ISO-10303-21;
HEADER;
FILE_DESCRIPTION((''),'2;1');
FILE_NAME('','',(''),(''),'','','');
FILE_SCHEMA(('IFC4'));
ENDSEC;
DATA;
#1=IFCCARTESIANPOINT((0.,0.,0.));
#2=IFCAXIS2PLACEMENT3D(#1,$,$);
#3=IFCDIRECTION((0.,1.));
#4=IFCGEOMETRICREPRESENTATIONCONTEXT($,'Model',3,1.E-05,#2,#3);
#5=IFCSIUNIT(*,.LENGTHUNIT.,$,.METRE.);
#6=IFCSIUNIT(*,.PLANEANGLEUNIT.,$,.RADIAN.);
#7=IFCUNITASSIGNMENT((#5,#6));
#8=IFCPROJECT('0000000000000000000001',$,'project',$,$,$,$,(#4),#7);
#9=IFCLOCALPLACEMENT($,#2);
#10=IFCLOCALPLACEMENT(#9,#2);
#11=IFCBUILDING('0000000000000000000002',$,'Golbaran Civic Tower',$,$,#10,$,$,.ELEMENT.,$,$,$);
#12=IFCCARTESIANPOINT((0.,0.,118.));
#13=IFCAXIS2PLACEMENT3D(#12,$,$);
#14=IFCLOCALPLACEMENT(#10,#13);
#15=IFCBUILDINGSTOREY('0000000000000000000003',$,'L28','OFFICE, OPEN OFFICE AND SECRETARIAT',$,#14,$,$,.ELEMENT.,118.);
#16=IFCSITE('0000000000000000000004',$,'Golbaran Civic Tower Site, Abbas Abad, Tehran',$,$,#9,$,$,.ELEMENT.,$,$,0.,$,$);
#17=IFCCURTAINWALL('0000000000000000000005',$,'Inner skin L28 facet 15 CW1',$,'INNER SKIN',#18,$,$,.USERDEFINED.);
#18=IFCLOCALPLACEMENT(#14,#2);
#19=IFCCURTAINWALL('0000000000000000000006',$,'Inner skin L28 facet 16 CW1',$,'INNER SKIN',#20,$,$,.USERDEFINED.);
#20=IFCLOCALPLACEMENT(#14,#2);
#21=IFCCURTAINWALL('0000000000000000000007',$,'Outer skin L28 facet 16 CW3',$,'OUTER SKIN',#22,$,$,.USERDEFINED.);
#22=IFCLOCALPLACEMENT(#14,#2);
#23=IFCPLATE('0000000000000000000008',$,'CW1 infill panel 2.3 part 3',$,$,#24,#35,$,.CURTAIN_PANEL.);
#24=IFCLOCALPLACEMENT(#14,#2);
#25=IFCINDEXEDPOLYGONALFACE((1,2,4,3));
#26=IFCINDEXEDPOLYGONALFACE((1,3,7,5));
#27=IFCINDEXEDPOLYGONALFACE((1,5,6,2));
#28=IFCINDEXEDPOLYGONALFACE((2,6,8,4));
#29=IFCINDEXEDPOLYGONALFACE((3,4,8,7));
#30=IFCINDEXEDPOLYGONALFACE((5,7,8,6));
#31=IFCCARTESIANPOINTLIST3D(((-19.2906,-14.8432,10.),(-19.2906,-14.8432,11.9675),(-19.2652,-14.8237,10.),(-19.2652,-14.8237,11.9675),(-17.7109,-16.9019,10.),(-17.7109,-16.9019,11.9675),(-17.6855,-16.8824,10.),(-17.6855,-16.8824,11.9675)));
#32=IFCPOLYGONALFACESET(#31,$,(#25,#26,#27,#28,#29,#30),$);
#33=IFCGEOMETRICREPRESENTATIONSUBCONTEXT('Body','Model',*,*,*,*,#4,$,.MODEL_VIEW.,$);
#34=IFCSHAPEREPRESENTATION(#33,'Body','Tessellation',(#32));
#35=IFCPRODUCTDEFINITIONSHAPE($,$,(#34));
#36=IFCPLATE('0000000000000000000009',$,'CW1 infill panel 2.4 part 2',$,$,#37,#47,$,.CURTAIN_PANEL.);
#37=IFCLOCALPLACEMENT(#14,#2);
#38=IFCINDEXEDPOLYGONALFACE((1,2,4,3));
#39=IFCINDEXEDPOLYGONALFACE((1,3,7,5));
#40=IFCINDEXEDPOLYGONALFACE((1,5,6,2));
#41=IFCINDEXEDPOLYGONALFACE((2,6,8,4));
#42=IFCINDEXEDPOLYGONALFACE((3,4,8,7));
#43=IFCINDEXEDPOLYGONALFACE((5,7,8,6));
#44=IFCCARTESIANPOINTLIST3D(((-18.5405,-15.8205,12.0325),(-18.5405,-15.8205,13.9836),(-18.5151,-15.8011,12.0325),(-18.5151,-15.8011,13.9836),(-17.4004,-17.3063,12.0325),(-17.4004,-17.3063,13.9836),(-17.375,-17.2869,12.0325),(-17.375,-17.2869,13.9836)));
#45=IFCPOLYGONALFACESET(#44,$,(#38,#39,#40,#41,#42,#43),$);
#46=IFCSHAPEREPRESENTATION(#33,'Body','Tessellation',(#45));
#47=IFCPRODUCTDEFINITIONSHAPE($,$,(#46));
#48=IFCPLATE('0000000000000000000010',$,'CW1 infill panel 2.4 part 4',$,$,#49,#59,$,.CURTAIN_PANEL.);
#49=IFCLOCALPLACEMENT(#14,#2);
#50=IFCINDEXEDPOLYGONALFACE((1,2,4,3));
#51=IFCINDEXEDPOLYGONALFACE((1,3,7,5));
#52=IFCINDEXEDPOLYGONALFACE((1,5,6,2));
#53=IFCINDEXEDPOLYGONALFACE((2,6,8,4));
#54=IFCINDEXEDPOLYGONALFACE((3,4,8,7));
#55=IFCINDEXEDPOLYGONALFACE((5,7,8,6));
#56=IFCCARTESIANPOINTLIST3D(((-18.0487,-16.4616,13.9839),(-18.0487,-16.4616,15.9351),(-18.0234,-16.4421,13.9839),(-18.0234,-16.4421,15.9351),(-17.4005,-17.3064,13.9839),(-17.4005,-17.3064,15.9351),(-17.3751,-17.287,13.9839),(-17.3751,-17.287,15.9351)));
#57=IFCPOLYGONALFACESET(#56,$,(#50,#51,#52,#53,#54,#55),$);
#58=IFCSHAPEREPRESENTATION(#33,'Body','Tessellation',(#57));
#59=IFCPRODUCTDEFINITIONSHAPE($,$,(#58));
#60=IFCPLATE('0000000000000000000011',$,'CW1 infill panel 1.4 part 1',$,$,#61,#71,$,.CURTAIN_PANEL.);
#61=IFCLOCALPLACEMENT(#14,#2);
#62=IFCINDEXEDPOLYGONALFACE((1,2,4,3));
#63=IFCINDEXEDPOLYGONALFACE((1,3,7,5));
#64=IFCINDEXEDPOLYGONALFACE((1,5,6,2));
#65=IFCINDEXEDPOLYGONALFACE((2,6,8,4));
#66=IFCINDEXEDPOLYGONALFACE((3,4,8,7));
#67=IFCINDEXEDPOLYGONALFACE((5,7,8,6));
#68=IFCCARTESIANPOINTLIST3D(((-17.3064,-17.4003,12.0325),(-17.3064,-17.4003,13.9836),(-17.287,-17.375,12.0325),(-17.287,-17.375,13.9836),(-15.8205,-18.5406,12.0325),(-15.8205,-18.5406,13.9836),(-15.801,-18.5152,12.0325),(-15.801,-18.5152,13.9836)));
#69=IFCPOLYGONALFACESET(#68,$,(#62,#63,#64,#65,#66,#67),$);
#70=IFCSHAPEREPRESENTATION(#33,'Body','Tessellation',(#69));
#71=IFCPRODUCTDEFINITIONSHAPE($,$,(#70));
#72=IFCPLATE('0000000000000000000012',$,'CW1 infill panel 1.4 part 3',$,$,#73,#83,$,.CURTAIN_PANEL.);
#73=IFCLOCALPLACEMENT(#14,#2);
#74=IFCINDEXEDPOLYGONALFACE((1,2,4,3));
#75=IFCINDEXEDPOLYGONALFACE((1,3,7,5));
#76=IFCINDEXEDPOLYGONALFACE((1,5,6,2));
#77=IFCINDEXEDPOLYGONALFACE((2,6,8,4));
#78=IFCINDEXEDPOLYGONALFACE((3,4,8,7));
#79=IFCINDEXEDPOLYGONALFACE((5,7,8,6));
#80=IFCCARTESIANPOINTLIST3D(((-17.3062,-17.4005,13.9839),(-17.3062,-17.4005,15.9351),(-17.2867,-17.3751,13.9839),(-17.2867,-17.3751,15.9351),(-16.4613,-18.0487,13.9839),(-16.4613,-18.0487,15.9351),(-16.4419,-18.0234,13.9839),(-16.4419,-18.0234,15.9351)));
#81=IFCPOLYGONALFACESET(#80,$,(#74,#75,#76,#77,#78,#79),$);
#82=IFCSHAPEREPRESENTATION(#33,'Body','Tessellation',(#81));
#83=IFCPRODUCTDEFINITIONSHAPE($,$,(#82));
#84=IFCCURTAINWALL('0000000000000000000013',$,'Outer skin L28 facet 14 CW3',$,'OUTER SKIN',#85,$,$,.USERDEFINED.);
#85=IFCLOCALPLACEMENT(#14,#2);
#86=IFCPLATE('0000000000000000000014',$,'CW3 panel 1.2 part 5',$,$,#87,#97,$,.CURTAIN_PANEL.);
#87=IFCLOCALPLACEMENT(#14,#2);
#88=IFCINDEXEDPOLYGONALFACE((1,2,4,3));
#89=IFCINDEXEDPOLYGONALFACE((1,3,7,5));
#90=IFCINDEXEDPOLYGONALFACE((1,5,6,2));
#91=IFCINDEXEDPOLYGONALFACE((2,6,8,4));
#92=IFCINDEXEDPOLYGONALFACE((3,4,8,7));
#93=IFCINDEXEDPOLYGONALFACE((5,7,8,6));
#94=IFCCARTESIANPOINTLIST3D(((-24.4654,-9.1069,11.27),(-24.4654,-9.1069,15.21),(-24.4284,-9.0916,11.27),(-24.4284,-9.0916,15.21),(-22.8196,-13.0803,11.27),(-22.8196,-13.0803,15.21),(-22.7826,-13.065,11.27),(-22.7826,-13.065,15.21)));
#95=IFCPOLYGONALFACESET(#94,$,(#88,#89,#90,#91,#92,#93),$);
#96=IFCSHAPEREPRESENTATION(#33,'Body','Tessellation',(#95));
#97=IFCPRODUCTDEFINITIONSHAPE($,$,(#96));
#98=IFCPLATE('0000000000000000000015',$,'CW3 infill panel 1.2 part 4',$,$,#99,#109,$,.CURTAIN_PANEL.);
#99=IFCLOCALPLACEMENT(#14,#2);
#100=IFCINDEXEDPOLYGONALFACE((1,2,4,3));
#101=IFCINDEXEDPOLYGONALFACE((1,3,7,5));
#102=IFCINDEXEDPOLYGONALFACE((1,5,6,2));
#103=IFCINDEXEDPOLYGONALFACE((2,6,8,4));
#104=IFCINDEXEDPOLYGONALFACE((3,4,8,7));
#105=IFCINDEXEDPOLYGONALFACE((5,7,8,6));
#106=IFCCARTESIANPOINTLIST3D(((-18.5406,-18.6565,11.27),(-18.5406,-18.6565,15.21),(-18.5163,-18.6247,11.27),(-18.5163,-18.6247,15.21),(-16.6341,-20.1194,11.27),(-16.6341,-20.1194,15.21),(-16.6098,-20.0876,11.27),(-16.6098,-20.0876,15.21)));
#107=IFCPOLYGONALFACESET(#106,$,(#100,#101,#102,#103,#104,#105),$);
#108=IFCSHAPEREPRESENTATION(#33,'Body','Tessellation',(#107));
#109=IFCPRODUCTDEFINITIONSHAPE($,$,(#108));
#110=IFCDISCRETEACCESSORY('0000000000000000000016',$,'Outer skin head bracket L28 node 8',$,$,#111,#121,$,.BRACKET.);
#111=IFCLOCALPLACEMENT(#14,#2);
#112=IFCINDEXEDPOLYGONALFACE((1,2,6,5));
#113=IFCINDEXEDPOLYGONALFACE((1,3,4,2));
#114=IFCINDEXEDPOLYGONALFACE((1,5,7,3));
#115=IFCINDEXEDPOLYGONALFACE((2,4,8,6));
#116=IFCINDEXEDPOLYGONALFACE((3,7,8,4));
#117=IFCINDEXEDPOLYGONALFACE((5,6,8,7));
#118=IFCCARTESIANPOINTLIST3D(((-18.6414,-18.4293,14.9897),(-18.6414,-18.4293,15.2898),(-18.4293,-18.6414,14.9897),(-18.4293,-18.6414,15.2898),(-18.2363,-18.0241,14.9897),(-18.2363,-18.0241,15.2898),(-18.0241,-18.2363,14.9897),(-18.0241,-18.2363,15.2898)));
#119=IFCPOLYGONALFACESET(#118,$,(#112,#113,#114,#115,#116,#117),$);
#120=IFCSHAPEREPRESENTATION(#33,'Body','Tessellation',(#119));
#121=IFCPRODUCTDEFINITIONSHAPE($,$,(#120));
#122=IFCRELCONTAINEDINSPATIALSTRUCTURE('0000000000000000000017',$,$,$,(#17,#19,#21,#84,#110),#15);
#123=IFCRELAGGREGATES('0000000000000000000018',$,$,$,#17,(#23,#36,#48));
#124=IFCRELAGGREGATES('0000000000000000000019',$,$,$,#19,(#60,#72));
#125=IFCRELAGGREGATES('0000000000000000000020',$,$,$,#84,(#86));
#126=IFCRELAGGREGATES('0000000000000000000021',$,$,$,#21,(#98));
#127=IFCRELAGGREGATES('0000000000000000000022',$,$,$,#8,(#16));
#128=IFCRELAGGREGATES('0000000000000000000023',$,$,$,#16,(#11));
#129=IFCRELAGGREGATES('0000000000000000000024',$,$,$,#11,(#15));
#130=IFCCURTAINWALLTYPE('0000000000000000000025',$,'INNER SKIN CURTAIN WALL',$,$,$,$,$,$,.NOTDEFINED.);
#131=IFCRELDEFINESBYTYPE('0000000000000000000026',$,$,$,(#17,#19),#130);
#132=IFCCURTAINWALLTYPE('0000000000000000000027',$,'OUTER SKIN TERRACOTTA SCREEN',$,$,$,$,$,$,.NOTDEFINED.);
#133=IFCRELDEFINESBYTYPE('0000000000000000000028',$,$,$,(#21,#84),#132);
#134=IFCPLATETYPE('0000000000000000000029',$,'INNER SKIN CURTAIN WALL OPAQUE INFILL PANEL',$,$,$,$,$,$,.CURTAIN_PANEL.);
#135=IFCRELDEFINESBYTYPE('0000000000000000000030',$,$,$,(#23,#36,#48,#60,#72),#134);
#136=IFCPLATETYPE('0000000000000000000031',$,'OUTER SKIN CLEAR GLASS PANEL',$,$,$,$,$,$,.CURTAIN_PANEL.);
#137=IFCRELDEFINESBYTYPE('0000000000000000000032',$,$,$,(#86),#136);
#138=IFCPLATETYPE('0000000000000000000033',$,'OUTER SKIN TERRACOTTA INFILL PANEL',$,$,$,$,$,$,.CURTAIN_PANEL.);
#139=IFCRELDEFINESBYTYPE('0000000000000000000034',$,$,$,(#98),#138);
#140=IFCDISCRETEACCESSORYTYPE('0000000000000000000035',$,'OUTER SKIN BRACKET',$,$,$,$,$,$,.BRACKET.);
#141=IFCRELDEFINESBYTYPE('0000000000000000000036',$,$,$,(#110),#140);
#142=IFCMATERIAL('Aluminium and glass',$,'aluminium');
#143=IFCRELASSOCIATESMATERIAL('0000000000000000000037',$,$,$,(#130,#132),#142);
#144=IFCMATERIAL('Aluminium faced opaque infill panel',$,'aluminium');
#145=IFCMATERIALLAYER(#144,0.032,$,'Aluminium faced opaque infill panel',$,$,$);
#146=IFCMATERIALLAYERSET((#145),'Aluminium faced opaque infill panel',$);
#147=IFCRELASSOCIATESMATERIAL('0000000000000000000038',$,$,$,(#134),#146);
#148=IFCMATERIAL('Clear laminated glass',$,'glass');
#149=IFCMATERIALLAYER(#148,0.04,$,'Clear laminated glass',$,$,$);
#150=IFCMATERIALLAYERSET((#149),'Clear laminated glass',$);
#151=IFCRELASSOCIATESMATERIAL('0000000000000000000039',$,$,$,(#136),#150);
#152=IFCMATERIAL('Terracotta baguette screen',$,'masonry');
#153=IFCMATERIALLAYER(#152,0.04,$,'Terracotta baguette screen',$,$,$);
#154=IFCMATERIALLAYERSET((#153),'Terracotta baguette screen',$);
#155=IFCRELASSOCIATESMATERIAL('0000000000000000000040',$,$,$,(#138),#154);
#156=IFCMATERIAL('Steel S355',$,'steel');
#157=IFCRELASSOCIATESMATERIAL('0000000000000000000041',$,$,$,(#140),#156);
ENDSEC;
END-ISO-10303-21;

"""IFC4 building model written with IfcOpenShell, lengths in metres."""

from ifc_helpers import new_model, si_unit, direction, frame, origin, origin_2d, place, context, subcontext, project, spatial, rectangle, extrude, material, layer, layer_set, type_object, element, aggregate, save


model = new_model("IFC4")

# Units and contexts
model_context = context("Model", 3, precision=1e-05, world=origin(), true_north=direction((0.0, 1.0)))
body_context = subcontext(model_context, "Body", "Model", "MODEL_VIEW")
ifc_project = project(units=[si_unit("LENGTHUNIT", "METRE"), si_unit("PLANEANGLEUNIT", "RADIAN")], contexts=[model_context])

# Site, building, storey
site_placement = place(None, origin())
site = spatial("IfcSite", under=ifc_project, at=site_placement, Name="Golbaran Civic Tower Site, Abbas Abad, Tehran", CompositionType="ELEMENT", RefElevation=0.0)
building_placement = place(site_placement, origin())
building = spatial("IfcBuilding", under=site, at=building_placement, Name="Golbaran Civic Tower", CompositionType="ELEMENT")
storey_placement = place(building_placement, frame((0.0, 0.0, 118.0)))
storey = spatial("IfcBuildingStorey", under=building, at=storey_placement, Name="L28", Description="OFFICE, OPEN OFFICE AND SECRETARIAT", CompositionType="ELEMENT", Elevation=118.0)

# Curtain walls
ifc_material_1 = material(Name="Aluminium and glass", Category="aluminium")
curtain_wall_type_1 = type_object("IfcCurtainWallType", Name="INNER SKIN CURTAIN WALL", PredefinedType="NOTDEFINED", material=ifc_material_1)
curtain_wall_1_placement = place(storey_placement, origin())
curtain_wall_1 = element("IfcCurtainWall", 1, at=curtain_wall_1_placement, inside=storey, type_object=curtain_wall_type_1, Name="Inner skin L28 facet 15 CW1", ObjectType="INNER SKIN", PredefinedType="USERDEFINED")
curtain_wall_2_placement = place(storey_placement, origin())
curtain_wall_2 = element("IfcCurtainWall", 2, at=curtain_wall_2_placement, inside=storey, type_object=curtain_wall_type_1, Name="Inner skin L28 facet 16 CW1", ObjectType="INNER SKIN", PredefinedType="USERDEFINED")

# Curtain wall
curtain_wall_type_2 = type_object("IfcCurtainWallType", Name="OUTER SKIN TERRACOTTA SCREEN", PredefinedType="NOTDEFINED", material=ifc_material_1)
curtain_wall_3_placement = place(storey_placement, origin())
curtain_wall_3 = element("IfcCurtainWall", 3, at=curtain_wall_3_placement, inside=storey, type_object=curtain_wall_type_2, Name="Outer skin L28 facet 16 CW3", ObjectType="OUTER SKIN", PredefinedType="USERDEFINED")

# Plates
ifc_material_2 = material(Name="Aluminium faced opaque infill panel", Category="aluminium")
ifc_layer_1 = layer(ifc_material_2, 0.032, Name="Aluminium faced opaque infill panel")
ifc_layer_set_1 = layer_set([ifc_layer_1], Name="Aluminium faced opaque infill panel")
plate_type_1 = type_object("IfcPlateType", Name="INNER SKIN CURTAIN WALL OPAQUE INFILL PANEL", PredefinedType="CURTAIN_PANEL", material=ifc_layer_set_1)
plate_1_placement = place(storey_placement, frame((-18.488, -15.8628, 10.0), z_axis=(0.0, 0.0, 1.0), x_axis=(0.608761, -0.793353, 0.0)))
plate_1 = element("IfcPlate", 4, at=plate_1_placement, type_object=plate_type_1, Name="CW1 infill panel 2.3 part 3", PredefinedType="CURTAIN_PANEL", context=body_context, shape_type="SweptSolid", body=[
    extrude(rectangle(XDim=2.595, YDim=0.032, at=origin_2d()), origin(), (0.0, 0.0, 1.0), 1.9675),
])
plate_2_placement = place(storey_placement, frame((-17.9578, -16.5537, 12.0325), z_axis=(0.0, 0.0, 1.0), x_axis=(0.608761, -0.793353, 0.0)))
plate_2 = element("IfcPlate", 5, at=plate_2_placement, type_object=plate_type_1, Name="CW1 infill panel 2.4 part 2", PredefinedType="CURTAIN_PANEL", context=body_context, shape_type="SweptSolid", body=[
    extrude(rectangle(XDim=1.8728, YDim=0.032, at=origin_2d()), origin(), (0.0, 0.0, 1.0), 1.9512),
])
plate_3_placement = place(storey_placement, frame((-17.7119, -16.8743, 13.9839), z_axis=(0.0, 0.0, 1.0), x_axis=(0.608761, -0.793353, 0.0)))
plate_3 = element("IfcPlate", 6, at=plate_3_placement, type_object=plate_type_1, Name="CW1 infill panel 2.4 part 4", PredefinedType="CURTAIN_PANEL", context=body_context, shape_type="SweptSolid", body=[
    extrude(rectangle(XDim=1.0649, YDim=0.032, at=origin_2d()), origin(), (0.0, 0.0, 1.0), 1.9512),
])
aggregate(curtain_wall_1, [plate_1, plate_2, plate_3])
plate_4_placement = place(storey_placement, frame((-16.5537, -17.9578, 12.0325), z_axis=(0.0, 0.0, 1.0), x_axis=(0.793353, -0.608761, 0.0)))
plate_4 = element("IfcPlate", 7, at=plate_4_placement, type_object=plate_type_1, Name="CW1 infill panel 1.4 part 1", PredefinedType="CURTAIN_PANEL", context=body_context, shape_type="SweptSolid", body=[
    extrude(rectangle(XDim=1.873, YDim=0.032, at=origin_2d()), origin(), (0.0, 0.0, 1.0), 1.9512),
])
plate_5_placement = place(storey_placement, frame((-16.874, -17.7119, 13.9839), z_axis=(0.0, 0.0, 1.0), x_axis=(0.793353, -0.608761, 0.0)))
plate_5 = element("IfcPlate", 8, at=plate_5_placement, type_object=plate_type_1, Name="CW1 infill panel 1.4 part 3", PredefinedType="CURTAIN_PANEL", context=body_context, shape_type="SweptSolid", body=[
    extrude(rectangle(XDim=1.0649, YDim=0.032, at=origin_2d()), origin(), (0.0, 0.0, 1.0), 1.9512),
])
aggregate(curtain_wall_2, [plate_4, plate_5])

# Curtain wall, plate
curtain_wall_4_placement = place(storey_placement, origin())
curtain_wall_4 = element("IfcCurtainWall", 9, at=curtain_wall_4_placement, inside=storey, type_object=curtain_wall_type_2, Name="Outer skin L28 facet 14 CW3", ObjectType="OUTER SKIN", PredefinedType="USERDEFINED")
ifc_material_3 = material(Name="Clear laminated glass", Category="glass")
ifc_layer_2 = layer(ifc_material_3, 0.04, Name="Clear laminated glass")
ifc_layer_set_2 = layer_set([ifc_layer_2], Name="Clear laminated glass")
plate_type_2 = type_object("IfcPlateType", Name="OUTER SKIN CLEAR GLASS PANEL", PredefinedType="CURTAIN_PANEL", material=ifc_layer_set_2)
plate_6_placement = place(storey_placement, frame((-23.624, -11.0859, 11.27), z_axis=(0.0, 0.0, 1.0), x_axis=(0.382683, -0.92388, 0.0)))
plate_6 = element("IfcPlate", 10, at=plate_6_placement, type_object=plate_type_2, Name="CW3 panel 1.2 part 5", PredefinedType="CURTAIN_PANEL", context=body_context, shape_type="SweptSolid", body=[
    extrude(rectangle(XDim=4.3008, YDim=0.04, at=origin_2d()), origin(), (0.0, 0.0, 1.0), 3.9399),
])
aggregate(curtain_wall_4, [plate_6])

# Plate
ifc_material_4 = material(Name="Terracotta baguette screen", Category="masonry")
ifc_layer_3 = layer(ifc_material_4, 0.04, Name="Terracotta baguette screen")
ifc_layer_set_3 = layer_set([ifc_layer_3], Name="Terracotta baguette screen")
plate_type_3 = type_object("IfcPlateType", Name="OUTER SKIN TERRACOTTA INFILL PANEL", PredefinedType="CURTAIN_PANEL", material=ifc_layer_set_3)
plate_7_placement = place(storey_placement, frame((-17.5752, -19.3721, 11.27), z_axis=(0.0, 0.0, 1.0), x_axis=(0.793353, -0.608761, 0.0)))
plate_7 = element("IfcPlate", 11, at=plate_7_placement, type_object=plate_type_3, Name="CW3 infill panel 1.2 part 4", PredefinedType="CURTAIN_PANEL", context=body_context, shape_type="SweptSolid", body=[
    extrude(rectangle(XDim=2.4031, YDim=0.04, at=origin_2d()), origin(), (0.0, 0.0, 1.0), 3.9399),
])
aggregate(curtain_wall_3, [plate_7])

# Discrete accessory
ifc_material_5 = material(Name="Steel S355", Category="steel")
discrete_accessory_type = type_object("IfcDiscreteAccessoryType", Name="OUTER SKIN BRACKET", PredefinedType="BRACKET", material=ifc_material_5)
discrete_accessory_placement = place(storey_placement, frame((-18.3328, -18.3328, 14.9897), z_axis=(0.0, 0.0, 1.0), x_axis=(-0.707107, -0.707107, 0.0)))
element("IfcDiscreteAccessory", 12, at=discrete_accessory_placement, inside=storey, type_object=discrete_accessory_type, Name="Outer skin head bracket L28 node 8", PredefinedType="BRACKET", context=body_context, shape_type="SweptSolid", body=[
    extrude(rectangle(XDim=0.573, YDim=0.3, at=origin_2d()), origin(), (0.0, 0.0, 1.0), 0.3),
])

save(model, "model.ifc")
